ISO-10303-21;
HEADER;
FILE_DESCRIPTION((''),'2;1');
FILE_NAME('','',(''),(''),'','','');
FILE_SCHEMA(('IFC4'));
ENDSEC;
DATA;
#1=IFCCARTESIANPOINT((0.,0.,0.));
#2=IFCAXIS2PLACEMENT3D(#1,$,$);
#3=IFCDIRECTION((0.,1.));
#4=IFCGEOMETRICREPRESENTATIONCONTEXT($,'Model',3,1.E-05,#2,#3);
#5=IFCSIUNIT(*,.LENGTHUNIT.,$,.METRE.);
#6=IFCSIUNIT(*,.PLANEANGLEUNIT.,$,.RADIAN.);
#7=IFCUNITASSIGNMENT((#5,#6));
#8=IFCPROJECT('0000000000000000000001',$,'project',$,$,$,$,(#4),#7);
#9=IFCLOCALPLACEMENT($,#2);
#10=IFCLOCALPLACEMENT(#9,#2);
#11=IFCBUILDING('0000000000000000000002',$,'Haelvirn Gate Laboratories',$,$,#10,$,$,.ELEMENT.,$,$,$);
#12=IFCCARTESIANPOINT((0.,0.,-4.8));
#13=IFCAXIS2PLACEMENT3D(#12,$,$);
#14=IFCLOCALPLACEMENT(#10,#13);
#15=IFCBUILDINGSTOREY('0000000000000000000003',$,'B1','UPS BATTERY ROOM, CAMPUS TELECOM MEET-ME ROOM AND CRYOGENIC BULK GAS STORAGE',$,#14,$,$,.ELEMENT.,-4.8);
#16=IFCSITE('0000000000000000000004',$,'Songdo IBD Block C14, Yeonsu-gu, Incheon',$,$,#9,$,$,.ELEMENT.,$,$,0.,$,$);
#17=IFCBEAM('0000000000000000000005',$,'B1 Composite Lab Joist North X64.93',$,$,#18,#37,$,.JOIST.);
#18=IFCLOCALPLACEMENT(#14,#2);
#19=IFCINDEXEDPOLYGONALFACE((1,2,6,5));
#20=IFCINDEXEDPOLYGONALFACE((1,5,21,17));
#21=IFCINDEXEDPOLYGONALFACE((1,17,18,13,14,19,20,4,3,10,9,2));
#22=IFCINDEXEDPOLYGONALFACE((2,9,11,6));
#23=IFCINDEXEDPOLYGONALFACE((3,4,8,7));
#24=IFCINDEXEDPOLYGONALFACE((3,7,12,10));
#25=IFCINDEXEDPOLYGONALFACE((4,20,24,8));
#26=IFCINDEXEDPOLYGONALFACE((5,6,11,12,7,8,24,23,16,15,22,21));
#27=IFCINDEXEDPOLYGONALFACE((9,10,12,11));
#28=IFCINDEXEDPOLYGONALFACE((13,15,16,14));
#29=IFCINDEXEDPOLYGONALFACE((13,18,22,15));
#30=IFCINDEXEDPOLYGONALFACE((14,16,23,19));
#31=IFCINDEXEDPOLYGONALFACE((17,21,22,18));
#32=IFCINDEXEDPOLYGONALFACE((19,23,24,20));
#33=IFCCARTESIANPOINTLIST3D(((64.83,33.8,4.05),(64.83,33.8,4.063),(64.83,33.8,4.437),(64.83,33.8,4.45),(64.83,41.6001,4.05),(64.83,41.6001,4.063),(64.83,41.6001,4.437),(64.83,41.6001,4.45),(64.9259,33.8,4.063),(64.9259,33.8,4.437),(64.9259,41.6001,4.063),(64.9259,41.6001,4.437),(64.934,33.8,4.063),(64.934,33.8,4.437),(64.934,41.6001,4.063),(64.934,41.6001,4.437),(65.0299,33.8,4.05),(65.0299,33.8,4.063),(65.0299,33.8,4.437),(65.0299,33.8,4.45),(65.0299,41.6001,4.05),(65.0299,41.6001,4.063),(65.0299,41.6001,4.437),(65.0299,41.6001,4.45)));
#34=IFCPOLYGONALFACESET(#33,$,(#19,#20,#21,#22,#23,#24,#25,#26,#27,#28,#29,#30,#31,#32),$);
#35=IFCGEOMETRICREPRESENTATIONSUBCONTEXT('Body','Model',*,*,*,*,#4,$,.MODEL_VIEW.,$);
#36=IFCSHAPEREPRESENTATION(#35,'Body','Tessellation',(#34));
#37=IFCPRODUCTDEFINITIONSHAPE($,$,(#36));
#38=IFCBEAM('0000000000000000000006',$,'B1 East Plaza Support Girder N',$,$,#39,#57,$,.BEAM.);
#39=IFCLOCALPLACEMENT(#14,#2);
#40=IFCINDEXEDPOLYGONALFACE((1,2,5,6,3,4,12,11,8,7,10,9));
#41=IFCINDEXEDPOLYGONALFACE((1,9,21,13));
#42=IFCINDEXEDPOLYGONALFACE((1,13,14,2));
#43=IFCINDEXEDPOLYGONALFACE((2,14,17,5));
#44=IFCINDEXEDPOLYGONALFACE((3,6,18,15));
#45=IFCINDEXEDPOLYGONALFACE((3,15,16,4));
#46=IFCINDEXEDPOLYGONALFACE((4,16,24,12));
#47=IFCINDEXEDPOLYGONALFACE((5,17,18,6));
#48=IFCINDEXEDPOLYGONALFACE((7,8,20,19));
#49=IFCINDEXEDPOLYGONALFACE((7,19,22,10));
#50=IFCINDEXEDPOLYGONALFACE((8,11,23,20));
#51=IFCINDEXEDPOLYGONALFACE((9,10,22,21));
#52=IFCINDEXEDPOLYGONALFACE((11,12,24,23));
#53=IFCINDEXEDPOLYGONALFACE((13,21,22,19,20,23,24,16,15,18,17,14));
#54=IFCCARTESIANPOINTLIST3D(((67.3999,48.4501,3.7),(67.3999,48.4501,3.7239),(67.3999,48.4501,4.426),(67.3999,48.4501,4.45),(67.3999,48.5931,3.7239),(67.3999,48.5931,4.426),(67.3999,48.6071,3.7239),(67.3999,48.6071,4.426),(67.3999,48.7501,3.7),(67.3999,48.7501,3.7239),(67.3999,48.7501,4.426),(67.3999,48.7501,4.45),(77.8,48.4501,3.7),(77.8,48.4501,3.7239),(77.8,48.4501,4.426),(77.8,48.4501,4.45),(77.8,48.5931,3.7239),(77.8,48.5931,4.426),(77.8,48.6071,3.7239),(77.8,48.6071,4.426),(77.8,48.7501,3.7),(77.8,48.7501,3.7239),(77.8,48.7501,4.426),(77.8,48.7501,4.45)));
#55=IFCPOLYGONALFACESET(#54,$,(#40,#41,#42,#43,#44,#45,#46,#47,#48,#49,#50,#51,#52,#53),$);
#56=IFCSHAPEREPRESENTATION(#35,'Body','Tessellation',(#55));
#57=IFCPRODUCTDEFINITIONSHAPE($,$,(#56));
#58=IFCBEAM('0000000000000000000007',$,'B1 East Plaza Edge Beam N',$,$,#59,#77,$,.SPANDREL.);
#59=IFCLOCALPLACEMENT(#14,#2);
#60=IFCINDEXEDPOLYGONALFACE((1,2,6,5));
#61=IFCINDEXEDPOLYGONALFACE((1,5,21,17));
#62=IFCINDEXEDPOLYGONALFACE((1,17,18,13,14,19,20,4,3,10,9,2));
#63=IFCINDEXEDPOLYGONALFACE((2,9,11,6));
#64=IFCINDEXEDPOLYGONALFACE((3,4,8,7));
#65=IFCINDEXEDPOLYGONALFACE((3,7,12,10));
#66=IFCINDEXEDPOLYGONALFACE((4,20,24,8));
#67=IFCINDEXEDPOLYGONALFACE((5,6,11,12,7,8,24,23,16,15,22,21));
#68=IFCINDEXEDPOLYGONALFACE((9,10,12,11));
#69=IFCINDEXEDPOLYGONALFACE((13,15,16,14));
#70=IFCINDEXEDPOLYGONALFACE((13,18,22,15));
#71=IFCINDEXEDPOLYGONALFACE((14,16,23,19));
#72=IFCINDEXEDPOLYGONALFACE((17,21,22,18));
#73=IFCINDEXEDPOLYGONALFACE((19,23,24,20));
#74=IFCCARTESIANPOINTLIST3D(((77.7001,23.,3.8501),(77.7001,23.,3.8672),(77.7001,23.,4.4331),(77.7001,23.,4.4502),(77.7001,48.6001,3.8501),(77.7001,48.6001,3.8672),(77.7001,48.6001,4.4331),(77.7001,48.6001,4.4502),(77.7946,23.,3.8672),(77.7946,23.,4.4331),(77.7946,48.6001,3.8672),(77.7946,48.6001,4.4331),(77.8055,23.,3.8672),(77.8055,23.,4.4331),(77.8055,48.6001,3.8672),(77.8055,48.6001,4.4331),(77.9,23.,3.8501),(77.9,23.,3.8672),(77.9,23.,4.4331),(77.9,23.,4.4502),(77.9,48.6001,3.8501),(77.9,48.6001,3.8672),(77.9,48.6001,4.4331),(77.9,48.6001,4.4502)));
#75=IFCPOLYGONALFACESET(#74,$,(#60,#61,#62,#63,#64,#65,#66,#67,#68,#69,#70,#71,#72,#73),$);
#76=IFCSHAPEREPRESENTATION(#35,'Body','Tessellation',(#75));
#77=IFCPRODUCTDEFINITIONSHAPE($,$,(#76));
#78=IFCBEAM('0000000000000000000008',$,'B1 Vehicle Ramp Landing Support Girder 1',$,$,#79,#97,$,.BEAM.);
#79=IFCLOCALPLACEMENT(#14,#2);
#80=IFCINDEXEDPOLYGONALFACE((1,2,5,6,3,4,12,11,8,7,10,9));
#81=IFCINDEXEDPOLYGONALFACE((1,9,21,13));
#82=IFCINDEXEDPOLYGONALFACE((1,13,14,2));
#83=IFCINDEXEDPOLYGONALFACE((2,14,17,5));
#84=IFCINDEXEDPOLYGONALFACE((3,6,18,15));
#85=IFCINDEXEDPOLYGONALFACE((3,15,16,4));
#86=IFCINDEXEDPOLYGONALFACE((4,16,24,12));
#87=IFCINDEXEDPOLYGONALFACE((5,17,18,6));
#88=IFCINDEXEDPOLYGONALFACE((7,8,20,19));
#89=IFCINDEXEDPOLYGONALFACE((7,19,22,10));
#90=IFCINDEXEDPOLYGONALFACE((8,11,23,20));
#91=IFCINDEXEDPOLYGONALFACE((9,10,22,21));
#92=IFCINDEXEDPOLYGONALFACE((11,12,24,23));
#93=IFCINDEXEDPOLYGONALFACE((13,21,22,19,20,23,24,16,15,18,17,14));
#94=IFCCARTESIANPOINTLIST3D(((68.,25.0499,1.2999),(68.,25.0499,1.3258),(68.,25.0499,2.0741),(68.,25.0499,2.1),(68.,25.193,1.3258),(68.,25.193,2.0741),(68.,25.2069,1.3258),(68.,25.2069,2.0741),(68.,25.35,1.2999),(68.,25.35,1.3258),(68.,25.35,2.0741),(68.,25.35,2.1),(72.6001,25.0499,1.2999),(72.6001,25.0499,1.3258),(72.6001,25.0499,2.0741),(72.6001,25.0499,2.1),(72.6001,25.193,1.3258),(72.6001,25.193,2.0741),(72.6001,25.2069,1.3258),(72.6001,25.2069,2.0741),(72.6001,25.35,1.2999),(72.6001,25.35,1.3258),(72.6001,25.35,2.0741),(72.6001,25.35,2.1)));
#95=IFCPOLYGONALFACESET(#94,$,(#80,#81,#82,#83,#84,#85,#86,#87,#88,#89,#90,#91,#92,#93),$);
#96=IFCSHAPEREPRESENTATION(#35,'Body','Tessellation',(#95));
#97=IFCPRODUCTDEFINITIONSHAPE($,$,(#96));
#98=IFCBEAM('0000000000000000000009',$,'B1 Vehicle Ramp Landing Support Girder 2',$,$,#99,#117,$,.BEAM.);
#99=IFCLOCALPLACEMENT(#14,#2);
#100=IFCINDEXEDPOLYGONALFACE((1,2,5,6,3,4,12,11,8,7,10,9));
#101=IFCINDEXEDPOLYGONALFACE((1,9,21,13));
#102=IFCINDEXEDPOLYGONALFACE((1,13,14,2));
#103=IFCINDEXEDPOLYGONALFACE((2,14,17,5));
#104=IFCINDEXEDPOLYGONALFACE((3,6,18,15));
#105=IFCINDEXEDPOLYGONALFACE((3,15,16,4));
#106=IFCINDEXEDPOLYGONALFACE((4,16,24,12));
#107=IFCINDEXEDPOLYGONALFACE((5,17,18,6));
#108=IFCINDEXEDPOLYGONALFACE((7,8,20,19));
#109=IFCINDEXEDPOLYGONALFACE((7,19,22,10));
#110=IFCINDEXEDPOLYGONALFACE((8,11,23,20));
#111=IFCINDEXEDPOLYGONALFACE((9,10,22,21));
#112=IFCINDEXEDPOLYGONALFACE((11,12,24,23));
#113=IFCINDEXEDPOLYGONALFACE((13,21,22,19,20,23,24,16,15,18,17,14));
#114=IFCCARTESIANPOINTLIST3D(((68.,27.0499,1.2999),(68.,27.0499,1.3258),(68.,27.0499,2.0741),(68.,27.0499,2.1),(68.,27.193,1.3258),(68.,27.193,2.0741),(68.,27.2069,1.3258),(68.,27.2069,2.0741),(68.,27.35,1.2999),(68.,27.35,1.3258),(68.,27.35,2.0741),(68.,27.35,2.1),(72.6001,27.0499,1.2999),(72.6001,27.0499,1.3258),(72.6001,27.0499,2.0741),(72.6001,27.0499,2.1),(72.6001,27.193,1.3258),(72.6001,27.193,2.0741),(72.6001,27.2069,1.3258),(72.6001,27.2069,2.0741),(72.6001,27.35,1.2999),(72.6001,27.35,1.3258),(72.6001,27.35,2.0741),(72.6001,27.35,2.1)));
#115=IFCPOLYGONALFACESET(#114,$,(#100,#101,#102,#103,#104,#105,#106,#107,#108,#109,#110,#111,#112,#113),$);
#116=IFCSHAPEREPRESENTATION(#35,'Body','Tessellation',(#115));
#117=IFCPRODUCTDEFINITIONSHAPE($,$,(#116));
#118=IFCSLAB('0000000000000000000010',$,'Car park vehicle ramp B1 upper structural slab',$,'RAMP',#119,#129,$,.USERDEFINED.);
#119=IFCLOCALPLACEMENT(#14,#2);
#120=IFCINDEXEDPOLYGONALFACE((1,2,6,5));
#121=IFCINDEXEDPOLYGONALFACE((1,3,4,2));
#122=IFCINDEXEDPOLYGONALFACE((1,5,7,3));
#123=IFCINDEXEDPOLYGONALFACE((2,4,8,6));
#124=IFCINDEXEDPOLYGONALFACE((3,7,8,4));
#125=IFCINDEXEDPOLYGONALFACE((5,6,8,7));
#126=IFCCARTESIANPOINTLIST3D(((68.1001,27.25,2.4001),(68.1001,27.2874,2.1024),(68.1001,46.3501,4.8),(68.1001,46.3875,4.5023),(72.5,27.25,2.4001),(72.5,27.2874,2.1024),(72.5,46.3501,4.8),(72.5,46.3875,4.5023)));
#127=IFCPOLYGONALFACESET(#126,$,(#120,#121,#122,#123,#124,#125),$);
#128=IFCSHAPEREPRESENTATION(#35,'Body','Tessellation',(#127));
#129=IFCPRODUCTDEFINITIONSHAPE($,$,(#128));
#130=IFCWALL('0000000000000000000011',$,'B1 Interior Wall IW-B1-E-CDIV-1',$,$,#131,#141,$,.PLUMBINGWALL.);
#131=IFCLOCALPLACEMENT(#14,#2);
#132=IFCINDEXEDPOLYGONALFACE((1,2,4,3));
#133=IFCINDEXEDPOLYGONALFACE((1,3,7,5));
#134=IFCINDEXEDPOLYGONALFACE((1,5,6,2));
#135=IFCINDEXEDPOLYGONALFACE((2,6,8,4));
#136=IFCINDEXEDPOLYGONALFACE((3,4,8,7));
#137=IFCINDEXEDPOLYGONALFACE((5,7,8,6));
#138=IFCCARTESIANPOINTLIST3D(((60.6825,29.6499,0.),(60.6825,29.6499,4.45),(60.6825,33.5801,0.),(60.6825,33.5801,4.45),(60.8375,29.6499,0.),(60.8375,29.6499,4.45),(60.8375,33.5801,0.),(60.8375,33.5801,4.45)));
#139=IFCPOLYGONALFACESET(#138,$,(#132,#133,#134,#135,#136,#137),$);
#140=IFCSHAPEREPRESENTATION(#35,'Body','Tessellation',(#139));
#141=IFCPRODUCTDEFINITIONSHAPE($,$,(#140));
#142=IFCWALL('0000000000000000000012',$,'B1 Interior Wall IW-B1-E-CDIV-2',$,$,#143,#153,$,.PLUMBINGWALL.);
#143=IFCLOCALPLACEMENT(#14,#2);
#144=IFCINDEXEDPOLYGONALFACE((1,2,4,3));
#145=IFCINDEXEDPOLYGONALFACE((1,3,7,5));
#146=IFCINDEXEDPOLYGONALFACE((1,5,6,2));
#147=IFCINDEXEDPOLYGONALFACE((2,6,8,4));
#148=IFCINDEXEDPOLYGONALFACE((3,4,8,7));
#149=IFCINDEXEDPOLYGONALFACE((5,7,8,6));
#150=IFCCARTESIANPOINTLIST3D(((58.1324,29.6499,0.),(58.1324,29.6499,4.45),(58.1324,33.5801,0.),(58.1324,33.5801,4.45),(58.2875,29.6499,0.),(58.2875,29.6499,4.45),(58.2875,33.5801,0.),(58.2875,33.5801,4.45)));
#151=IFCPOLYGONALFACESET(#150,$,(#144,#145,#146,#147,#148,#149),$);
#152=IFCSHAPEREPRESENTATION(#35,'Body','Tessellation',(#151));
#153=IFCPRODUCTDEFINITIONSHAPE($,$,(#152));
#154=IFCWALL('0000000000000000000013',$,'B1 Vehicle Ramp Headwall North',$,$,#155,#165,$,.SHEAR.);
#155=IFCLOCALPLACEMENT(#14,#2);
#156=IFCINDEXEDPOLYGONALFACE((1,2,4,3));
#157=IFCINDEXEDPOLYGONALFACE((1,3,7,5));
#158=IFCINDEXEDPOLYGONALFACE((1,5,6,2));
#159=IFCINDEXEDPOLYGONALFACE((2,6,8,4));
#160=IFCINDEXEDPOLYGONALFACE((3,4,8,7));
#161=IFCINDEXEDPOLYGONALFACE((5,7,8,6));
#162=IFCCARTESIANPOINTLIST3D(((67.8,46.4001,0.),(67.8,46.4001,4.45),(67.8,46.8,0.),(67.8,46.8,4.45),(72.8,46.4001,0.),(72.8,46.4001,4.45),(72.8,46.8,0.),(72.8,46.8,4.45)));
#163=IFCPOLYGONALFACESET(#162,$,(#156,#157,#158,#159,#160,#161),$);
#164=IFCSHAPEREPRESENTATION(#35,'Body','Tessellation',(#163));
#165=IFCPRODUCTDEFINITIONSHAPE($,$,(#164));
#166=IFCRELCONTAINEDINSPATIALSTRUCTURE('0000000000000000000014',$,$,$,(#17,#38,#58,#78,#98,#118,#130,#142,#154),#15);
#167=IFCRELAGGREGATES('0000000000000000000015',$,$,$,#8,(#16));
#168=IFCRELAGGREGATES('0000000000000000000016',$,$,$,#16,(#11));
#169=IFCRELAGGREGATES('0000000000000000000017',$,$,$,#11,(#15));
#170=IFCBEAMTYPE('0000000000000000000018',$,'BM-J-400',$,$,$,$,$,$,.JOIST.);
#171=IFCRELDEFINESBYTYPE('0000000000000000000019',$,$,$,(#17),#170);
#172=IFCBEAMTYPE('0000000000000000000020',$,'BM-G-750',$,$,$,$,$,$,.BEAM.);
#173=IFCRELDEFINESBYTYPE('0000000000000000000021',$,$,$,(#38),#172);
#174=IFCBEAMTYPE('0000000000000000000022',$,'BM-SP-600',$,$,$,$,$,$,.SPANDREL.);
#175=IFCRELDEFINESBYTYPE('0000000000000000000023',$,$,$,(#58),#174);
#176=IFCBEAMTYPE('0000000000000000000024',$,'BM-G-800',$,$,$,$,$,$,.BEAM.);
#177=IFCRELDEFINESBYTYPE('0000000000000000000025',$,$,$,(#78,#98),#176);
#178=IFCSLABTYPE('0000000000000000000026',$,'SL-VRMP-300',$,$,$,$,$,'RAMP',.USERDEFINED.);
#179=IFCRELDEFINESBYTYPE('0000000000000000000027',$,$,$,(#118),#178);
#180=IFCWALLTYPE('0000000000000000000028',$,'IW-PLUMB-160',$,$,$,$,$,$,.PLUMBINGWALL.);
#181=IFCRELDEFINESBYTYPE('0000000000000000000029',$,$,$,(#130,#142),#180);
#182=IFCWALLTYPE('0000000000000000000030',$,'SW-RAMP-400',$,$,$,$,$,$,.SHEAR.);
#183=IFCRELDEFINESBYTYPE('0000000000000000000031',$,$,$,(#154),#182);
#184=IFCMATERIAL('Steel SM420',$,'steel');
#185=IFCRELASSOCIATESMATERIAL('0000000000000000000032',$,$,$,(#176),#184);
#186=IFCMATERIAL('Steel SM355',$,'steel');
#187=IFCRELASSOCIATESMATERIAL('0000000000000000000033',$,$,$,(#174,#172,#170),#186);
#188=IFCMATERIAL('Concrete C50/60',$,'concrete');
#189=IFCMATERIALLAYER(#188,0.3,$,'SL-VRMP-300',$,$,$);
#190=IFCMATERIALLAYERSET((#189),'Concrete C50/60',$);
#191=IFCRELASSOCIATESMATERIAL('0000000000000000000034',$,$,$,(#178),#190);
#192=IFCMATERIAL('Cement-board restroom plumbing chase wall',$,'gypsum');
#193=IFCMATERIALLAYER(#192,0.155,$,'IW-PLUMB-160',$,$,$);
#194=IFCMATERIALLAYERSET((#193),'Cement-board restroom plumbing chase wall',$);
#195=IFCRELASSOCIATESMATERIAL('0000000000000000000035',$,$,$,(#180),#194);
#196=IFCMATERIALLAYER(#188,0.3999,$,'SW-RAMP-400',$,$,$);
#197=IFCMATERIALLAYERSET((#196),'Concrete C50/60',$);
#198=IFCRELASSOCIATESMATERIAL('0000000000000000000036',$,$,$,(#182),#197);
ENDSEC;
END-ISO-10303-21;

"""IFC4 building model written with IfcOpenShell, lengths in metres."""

from ifc_helpers import new_model, si_unit, direction, frame, frame_2d, origin, origin_2d, place, context, subcontext, project, spatial, polyline, rectangle, i_section, outline, extrude, source, transform, mapped, material, layer, layer_set, material_profile, profile_set, type_object, type_shapes, element, save


model = new_model("IFC4")

# Units and contexts
model_context = context("Model", 3, precision=1e-05, world=origin(), true_north=direction((0.0, 1.0)))
body_context = subcontext(model_context, "Body", "Model", "MODEL_VIEW")
ifc_project = project(units=[si_unit("LENGTHUNIT", "METRE"), si_unit("PLANEANGLEUNIT", "RADIAN")], contexts=[model_context])

# Site, building, storey
site_placement = place(None, origin())
site = spatial("IfcSite", under=ifc_project, at=site_placement, Name="Songdo IBD Block C14, Yeonsu-gu, Incheon", CompositionType="ELEMENT", RefElevation=0.0)
building_placement = place(site_placement, origin())
building = spatial("IfcBuilding", under=site, at=building_placement, Name="Haelvirn Gate Laboratories", CompositionType="ELEMENT")
storey_placement = place(building_placement, frame((0.0, 0.0, -4.8)))
storey = spatial("IfcBuildingStorey", under=building, at=storey_placement, Name="B1", Description="UPS BATTERY ROOM, CAMPUS TELECOM MEET-ME ROOM AND CRYOGENIC BULK GAS STORAGE", CompositionType="ELEMENT", Elevation=-4.8)

# Beams
ifc_material_1 = material(Name="Steel SM420", Category="steel")
ifc_material_profile_1 = material_profile(ifc_material_1, i_section(OverallWidth=0.3, OverallDepth=0.8, WebThickness=0.0139, FlangeThickness=0.0259, at=origin_2d()), Name="H-800x300x14x26")
ifc_profile_set_1 = profile_set([ifc_material_profile_1], Name="Steel SM420")
beam_type_1 = type_object("IfcBeamType", Name="BM-G-800", PredefinedType="BEAM", material=ifc_profile_set_1)
ifc_material_2 = material(Name="Steel SM355", Category="steel")
ifc_material_profile_2 = material_profile(ifc_material_2, i_section(OverallWidth=0.2, OverallDepth=0.6001, WebThickness=0.011, FlangeThickness=0.0171, at=origin_2d()), Name="H-600x200x11x17")
ifc_profile_set_2 = profile_set([ifc_material_profile_2], Name="Steel SM355")
beam_type_2 = type_object("IfcBeamType", Name="BM-SP-600", PredefinedType="SPANDREL", material=ifc_profile_set_2)
ifc_material_profile_3 = material_profile(ifc_material_2, i_section(OverallWidth=0.3, OverallDepth=0.75, WebThickness=0.0139, FlangeThickness=0.0239, at=origin_2d()), Name="H-750x300x14x24")
ifc_profile_set_3 = profile_set([ifc_material_profile_3], Name="Steel SM355")
beam_type_3 = type_object("IfcBeamType", Name="BM-G-750", PredefinedType="BEAM", material=ifc_profile_set_3)
ifc_material_profile_4 = material_profile(ifc_material_2, i_section(OverallWidth=0.2, OverallDepth=0.3999, WebThickness=0.0081, FlangeThickness=0.0129, at=origin_2d()), Name="H-400x200x8x13")
ifc_profile_set_4 = profile_set([ifc_material_profile_4], Name="Steel SM355")
beam_type_4 = type_object("IfcBeamType", Name="BM-J-400", PredefinedType="JOIST", material=ifc_profile_set_4)
shared_shape_1 = source(origin(), body_context, "Body", "SweptSolid", [
    extrude(i_section(OverallWidth=0.2, OverallDepth=0.3999, WebThickness=0.0081, FlangeThickness=0.0129, at=origin_2d()), origin(), (0.0, 0.0, 1.0), 7.8),
])
type_shapes(beam_type_4, [shared_shape_1])
for number, where, z_axis, x_axis, name in (
    (1, (64.9299, 33.8, 4.25), (0.0, 1.0, 0.0), (-1.0, 0.0, 0.0), "B1 Composite Lab Joist North X64.93"),
):
    element("IfcBeam", number, at=place(storey_placement, frame(where, z_axis=z_axis, x_axis=x_axis)), inside=storey, type_object=beam_type_4, Name=name, PredefinedType="JOIST", context=body_context, shape_type="MappedRepresentation", body=[
        mapped(shared_shape_1, transform((0.0, 0.0, 0.0), scale=1.0)),
    ])
shared_shape_2 = source(origin(), body_context, "Body", "SweptSolid", [
    extrude(i_section(OverallWidth=0.3, OverallDepth=0.75, WebThickness=0.0139, FlangeThickness=0.0239, at=origin_2d()), origin(), (0.0, 0.0, 1.0), 10.4001),
])
beam_1_placement = place(storey_placement, frame((67.3999, 48.6001, 4.075), z_axis=(1.0, 0.0, 0.0), x_axis=(0.0, 1.0, 0.0)))
element("IfcBeam", 2, at=beam_1_placement, inside=storey, type_object=beam_type_3, Name="B1 East Plaza Support Girder N", PredefinedType="BEAM", context=body_context, shape_type="MappedRepresentation", body=[
    mapped(shared_shape_2, transform((0.0, 0.0, 0.0), scale=1.0)),
])
shared_shape_3 = source(origin(), body_context, "Body", "SweptSolid", [
    extrude(i_section(OverallWidth=0.2, OverallDepth=0.6001, WebThickness=0.011, FlangeThickness=0.0171, at=origin_2d()), origin(), (0.0, 0.0, 1.0), 25.6001),
])
beam_2_placement = place(storey_placement, frame((77.8, 23.0, 4.1501), z_axis=(0.0, 1.0, 0.0), x_axis=(-1.0, 0.0, 0.0)))
element("IfcBeam", 3, at=beam_2_placement, inside=storey, type_object=beam_type_2, Name="B1 East Plaza Edge Beam N", PredefinedType="SPANDREL", context=body_context, shape_type="MappedRepresentation", body=[
    mapped(shared_shape_3, transform((0.0, 0.0, 0.0), scale=1.0)),
])
shared_shape_4 = source(origin(), body_context, "Body", "SweptSolid", [
    extrude(i_section(OverallWidth=0.3, OverallDepth=0.8, WebThickness=0.0139, FlangeThickness=0.0259, at=origin_2d()), origin(), (0.0, 0.0, 1.0), 4.6001),
])
for number, where, z_axis, x_axis, name in (
    (4, (68.0, 25.2, 1.7), (1.0, 0.0, 0.0), (0.0, 1.0, 0.0), "B1 Vehicle Ramp Landing Support Girder 1"),
    (5, (68.0, 27.2, 1.7), (1.0, 0.0, 0.0), (0.0, 1.0, 0.0), "B1 Vehicle Ramp Landing Support Girder 2"),
):
    element("IfcBeam", number, at=place(storey_placement, frame(where, z_axis=z_axis, x_axis=x_axis)), inside=storey, type_object=beam_type_1, Name=name, PredefinedType="BEAM", context=body_context, shape_type="MappedRepresentation", body=[
        mapped(shared_shape_4, transform((0.0, 0.0, 0.0), scale=1.0)),
    ])

# Slab
ifc_material_3 = material(Name="Concrete C50/60", Category="concrete")
ifc_layer_1 = layer(ifc_material_3, 0.3, Name="SL-VRMP-300")
ifc_layer_set_1 = layer_set([ifc_layer_1], Name="Concrete C50/60")
slab_type = type_object("IfcSlabType", Name="SL-VRMP-300", ElementType="RAMP", PredefinedType="USERDEFINED", material=ifc_layer_set_1)
slab_placement = place(storey_placement, frame((68.1001, 27.25, 2.4001), z_axis=(0.0, -0.124668, 0.992198), x_axis=(1.0, 0.0, 0.0)))
element("IfcSlab", 6, at=slab_placement, inside=storey, type_object=slab_type, Name="Car park vehicle ramp B1 upper structural slab", ObjectType="RAMP", PredefinedType="USERDEFINED", context=body_context, shape_type="SweptSolid", body=[
    extrude(outline(polyline([(0.0, 0.0), (4.3999, 0.0), (4.3999, 19.2502), (0.0, 19.2502), (0.0, 0.0)])), origin(), (0.0, 0.0, -1.0), 0.3),
])

# Walls
ifc_material_4 = material(Name="Cement-board restroom plumbing chase wall", Category="gypsum")
ifc_layer_2 = layer(ifc_material_4, 0.155, Name="IW-PLUMB-160")
ifc_layer_set_2 = layer_set([ifc_layer_2], Name="Cement-board restroom plumbing chase wall")
wall_type_1 = type_object("IfcWallType", Name="IW-PLUMB-160", PredefinedType="PLUMBINGWALL", material=ifc_layer_set_2)
for number, where, z_axis, x_axis, name in (
    (7, (60.76, 29.6499, 0.0), (0.0, 0.0, 1.0), (0.0, 1.0, 0.0), "B1 Interior Wall IW-B1-E-CDIV-1"),
    (8, (58.21, 29.6499, 0.0), (0.0, 0.0, 1.0), (0.0, 1.0, 0.0), "B1 Interior Wall IW-B1-E-CDIV-2"),
):
    element("IfcWall", number, at=place(storey_placement, frame(where, z_axis=z_axis, x_axis=x_axis)), inside=storey, type_object=wall_type_1, Name=name, PredefinedType="PLUMBINGWALL", context=body_context, shape_type="SweptSolid", body=[
        extrude(rectangle(XDim=3.9302, YDim=0.155, at=frame_2d((1.9651, 0.0))), origin(), (0.0, 0.0, 1.0), 4.45),
    ])
ifc_layer_3 = layer(ifc_material_3, 0.3999, Name="SW-RAMP-400")
ifc_layer_set_3 = layer_set([ifc_layer_3], Name="Concrete C50/60")
wall_type_2 = type_object("IfcWallType", Name="SW-RAMP-400", PredefinedType="SHEAR", material=ifc_layer_set_3)
wall_1_placement = place(storey_placement, frame((67.8, 46.6001, 0.0), z_axis=(0.0, 0.0, 1.0), x_axis=(1.0, 0.0, 0.0)))
element("IfcWall", 9, at=wall_1_placement, inside=storey, type_object=wall_type_2, Name="B1 Vehicle Ramp Headwall North", PredefinedType="SHEAR", context=body_context, shape_type="SweptSolid", body=[
    extrude(rectangle(XDim=5.0, YDim=0.3999, at=frame_2d((2.5, 0.0))), origin(), (0.0, 0.0, 1.0), 4.45),
])

save(model, "model.ifc")
